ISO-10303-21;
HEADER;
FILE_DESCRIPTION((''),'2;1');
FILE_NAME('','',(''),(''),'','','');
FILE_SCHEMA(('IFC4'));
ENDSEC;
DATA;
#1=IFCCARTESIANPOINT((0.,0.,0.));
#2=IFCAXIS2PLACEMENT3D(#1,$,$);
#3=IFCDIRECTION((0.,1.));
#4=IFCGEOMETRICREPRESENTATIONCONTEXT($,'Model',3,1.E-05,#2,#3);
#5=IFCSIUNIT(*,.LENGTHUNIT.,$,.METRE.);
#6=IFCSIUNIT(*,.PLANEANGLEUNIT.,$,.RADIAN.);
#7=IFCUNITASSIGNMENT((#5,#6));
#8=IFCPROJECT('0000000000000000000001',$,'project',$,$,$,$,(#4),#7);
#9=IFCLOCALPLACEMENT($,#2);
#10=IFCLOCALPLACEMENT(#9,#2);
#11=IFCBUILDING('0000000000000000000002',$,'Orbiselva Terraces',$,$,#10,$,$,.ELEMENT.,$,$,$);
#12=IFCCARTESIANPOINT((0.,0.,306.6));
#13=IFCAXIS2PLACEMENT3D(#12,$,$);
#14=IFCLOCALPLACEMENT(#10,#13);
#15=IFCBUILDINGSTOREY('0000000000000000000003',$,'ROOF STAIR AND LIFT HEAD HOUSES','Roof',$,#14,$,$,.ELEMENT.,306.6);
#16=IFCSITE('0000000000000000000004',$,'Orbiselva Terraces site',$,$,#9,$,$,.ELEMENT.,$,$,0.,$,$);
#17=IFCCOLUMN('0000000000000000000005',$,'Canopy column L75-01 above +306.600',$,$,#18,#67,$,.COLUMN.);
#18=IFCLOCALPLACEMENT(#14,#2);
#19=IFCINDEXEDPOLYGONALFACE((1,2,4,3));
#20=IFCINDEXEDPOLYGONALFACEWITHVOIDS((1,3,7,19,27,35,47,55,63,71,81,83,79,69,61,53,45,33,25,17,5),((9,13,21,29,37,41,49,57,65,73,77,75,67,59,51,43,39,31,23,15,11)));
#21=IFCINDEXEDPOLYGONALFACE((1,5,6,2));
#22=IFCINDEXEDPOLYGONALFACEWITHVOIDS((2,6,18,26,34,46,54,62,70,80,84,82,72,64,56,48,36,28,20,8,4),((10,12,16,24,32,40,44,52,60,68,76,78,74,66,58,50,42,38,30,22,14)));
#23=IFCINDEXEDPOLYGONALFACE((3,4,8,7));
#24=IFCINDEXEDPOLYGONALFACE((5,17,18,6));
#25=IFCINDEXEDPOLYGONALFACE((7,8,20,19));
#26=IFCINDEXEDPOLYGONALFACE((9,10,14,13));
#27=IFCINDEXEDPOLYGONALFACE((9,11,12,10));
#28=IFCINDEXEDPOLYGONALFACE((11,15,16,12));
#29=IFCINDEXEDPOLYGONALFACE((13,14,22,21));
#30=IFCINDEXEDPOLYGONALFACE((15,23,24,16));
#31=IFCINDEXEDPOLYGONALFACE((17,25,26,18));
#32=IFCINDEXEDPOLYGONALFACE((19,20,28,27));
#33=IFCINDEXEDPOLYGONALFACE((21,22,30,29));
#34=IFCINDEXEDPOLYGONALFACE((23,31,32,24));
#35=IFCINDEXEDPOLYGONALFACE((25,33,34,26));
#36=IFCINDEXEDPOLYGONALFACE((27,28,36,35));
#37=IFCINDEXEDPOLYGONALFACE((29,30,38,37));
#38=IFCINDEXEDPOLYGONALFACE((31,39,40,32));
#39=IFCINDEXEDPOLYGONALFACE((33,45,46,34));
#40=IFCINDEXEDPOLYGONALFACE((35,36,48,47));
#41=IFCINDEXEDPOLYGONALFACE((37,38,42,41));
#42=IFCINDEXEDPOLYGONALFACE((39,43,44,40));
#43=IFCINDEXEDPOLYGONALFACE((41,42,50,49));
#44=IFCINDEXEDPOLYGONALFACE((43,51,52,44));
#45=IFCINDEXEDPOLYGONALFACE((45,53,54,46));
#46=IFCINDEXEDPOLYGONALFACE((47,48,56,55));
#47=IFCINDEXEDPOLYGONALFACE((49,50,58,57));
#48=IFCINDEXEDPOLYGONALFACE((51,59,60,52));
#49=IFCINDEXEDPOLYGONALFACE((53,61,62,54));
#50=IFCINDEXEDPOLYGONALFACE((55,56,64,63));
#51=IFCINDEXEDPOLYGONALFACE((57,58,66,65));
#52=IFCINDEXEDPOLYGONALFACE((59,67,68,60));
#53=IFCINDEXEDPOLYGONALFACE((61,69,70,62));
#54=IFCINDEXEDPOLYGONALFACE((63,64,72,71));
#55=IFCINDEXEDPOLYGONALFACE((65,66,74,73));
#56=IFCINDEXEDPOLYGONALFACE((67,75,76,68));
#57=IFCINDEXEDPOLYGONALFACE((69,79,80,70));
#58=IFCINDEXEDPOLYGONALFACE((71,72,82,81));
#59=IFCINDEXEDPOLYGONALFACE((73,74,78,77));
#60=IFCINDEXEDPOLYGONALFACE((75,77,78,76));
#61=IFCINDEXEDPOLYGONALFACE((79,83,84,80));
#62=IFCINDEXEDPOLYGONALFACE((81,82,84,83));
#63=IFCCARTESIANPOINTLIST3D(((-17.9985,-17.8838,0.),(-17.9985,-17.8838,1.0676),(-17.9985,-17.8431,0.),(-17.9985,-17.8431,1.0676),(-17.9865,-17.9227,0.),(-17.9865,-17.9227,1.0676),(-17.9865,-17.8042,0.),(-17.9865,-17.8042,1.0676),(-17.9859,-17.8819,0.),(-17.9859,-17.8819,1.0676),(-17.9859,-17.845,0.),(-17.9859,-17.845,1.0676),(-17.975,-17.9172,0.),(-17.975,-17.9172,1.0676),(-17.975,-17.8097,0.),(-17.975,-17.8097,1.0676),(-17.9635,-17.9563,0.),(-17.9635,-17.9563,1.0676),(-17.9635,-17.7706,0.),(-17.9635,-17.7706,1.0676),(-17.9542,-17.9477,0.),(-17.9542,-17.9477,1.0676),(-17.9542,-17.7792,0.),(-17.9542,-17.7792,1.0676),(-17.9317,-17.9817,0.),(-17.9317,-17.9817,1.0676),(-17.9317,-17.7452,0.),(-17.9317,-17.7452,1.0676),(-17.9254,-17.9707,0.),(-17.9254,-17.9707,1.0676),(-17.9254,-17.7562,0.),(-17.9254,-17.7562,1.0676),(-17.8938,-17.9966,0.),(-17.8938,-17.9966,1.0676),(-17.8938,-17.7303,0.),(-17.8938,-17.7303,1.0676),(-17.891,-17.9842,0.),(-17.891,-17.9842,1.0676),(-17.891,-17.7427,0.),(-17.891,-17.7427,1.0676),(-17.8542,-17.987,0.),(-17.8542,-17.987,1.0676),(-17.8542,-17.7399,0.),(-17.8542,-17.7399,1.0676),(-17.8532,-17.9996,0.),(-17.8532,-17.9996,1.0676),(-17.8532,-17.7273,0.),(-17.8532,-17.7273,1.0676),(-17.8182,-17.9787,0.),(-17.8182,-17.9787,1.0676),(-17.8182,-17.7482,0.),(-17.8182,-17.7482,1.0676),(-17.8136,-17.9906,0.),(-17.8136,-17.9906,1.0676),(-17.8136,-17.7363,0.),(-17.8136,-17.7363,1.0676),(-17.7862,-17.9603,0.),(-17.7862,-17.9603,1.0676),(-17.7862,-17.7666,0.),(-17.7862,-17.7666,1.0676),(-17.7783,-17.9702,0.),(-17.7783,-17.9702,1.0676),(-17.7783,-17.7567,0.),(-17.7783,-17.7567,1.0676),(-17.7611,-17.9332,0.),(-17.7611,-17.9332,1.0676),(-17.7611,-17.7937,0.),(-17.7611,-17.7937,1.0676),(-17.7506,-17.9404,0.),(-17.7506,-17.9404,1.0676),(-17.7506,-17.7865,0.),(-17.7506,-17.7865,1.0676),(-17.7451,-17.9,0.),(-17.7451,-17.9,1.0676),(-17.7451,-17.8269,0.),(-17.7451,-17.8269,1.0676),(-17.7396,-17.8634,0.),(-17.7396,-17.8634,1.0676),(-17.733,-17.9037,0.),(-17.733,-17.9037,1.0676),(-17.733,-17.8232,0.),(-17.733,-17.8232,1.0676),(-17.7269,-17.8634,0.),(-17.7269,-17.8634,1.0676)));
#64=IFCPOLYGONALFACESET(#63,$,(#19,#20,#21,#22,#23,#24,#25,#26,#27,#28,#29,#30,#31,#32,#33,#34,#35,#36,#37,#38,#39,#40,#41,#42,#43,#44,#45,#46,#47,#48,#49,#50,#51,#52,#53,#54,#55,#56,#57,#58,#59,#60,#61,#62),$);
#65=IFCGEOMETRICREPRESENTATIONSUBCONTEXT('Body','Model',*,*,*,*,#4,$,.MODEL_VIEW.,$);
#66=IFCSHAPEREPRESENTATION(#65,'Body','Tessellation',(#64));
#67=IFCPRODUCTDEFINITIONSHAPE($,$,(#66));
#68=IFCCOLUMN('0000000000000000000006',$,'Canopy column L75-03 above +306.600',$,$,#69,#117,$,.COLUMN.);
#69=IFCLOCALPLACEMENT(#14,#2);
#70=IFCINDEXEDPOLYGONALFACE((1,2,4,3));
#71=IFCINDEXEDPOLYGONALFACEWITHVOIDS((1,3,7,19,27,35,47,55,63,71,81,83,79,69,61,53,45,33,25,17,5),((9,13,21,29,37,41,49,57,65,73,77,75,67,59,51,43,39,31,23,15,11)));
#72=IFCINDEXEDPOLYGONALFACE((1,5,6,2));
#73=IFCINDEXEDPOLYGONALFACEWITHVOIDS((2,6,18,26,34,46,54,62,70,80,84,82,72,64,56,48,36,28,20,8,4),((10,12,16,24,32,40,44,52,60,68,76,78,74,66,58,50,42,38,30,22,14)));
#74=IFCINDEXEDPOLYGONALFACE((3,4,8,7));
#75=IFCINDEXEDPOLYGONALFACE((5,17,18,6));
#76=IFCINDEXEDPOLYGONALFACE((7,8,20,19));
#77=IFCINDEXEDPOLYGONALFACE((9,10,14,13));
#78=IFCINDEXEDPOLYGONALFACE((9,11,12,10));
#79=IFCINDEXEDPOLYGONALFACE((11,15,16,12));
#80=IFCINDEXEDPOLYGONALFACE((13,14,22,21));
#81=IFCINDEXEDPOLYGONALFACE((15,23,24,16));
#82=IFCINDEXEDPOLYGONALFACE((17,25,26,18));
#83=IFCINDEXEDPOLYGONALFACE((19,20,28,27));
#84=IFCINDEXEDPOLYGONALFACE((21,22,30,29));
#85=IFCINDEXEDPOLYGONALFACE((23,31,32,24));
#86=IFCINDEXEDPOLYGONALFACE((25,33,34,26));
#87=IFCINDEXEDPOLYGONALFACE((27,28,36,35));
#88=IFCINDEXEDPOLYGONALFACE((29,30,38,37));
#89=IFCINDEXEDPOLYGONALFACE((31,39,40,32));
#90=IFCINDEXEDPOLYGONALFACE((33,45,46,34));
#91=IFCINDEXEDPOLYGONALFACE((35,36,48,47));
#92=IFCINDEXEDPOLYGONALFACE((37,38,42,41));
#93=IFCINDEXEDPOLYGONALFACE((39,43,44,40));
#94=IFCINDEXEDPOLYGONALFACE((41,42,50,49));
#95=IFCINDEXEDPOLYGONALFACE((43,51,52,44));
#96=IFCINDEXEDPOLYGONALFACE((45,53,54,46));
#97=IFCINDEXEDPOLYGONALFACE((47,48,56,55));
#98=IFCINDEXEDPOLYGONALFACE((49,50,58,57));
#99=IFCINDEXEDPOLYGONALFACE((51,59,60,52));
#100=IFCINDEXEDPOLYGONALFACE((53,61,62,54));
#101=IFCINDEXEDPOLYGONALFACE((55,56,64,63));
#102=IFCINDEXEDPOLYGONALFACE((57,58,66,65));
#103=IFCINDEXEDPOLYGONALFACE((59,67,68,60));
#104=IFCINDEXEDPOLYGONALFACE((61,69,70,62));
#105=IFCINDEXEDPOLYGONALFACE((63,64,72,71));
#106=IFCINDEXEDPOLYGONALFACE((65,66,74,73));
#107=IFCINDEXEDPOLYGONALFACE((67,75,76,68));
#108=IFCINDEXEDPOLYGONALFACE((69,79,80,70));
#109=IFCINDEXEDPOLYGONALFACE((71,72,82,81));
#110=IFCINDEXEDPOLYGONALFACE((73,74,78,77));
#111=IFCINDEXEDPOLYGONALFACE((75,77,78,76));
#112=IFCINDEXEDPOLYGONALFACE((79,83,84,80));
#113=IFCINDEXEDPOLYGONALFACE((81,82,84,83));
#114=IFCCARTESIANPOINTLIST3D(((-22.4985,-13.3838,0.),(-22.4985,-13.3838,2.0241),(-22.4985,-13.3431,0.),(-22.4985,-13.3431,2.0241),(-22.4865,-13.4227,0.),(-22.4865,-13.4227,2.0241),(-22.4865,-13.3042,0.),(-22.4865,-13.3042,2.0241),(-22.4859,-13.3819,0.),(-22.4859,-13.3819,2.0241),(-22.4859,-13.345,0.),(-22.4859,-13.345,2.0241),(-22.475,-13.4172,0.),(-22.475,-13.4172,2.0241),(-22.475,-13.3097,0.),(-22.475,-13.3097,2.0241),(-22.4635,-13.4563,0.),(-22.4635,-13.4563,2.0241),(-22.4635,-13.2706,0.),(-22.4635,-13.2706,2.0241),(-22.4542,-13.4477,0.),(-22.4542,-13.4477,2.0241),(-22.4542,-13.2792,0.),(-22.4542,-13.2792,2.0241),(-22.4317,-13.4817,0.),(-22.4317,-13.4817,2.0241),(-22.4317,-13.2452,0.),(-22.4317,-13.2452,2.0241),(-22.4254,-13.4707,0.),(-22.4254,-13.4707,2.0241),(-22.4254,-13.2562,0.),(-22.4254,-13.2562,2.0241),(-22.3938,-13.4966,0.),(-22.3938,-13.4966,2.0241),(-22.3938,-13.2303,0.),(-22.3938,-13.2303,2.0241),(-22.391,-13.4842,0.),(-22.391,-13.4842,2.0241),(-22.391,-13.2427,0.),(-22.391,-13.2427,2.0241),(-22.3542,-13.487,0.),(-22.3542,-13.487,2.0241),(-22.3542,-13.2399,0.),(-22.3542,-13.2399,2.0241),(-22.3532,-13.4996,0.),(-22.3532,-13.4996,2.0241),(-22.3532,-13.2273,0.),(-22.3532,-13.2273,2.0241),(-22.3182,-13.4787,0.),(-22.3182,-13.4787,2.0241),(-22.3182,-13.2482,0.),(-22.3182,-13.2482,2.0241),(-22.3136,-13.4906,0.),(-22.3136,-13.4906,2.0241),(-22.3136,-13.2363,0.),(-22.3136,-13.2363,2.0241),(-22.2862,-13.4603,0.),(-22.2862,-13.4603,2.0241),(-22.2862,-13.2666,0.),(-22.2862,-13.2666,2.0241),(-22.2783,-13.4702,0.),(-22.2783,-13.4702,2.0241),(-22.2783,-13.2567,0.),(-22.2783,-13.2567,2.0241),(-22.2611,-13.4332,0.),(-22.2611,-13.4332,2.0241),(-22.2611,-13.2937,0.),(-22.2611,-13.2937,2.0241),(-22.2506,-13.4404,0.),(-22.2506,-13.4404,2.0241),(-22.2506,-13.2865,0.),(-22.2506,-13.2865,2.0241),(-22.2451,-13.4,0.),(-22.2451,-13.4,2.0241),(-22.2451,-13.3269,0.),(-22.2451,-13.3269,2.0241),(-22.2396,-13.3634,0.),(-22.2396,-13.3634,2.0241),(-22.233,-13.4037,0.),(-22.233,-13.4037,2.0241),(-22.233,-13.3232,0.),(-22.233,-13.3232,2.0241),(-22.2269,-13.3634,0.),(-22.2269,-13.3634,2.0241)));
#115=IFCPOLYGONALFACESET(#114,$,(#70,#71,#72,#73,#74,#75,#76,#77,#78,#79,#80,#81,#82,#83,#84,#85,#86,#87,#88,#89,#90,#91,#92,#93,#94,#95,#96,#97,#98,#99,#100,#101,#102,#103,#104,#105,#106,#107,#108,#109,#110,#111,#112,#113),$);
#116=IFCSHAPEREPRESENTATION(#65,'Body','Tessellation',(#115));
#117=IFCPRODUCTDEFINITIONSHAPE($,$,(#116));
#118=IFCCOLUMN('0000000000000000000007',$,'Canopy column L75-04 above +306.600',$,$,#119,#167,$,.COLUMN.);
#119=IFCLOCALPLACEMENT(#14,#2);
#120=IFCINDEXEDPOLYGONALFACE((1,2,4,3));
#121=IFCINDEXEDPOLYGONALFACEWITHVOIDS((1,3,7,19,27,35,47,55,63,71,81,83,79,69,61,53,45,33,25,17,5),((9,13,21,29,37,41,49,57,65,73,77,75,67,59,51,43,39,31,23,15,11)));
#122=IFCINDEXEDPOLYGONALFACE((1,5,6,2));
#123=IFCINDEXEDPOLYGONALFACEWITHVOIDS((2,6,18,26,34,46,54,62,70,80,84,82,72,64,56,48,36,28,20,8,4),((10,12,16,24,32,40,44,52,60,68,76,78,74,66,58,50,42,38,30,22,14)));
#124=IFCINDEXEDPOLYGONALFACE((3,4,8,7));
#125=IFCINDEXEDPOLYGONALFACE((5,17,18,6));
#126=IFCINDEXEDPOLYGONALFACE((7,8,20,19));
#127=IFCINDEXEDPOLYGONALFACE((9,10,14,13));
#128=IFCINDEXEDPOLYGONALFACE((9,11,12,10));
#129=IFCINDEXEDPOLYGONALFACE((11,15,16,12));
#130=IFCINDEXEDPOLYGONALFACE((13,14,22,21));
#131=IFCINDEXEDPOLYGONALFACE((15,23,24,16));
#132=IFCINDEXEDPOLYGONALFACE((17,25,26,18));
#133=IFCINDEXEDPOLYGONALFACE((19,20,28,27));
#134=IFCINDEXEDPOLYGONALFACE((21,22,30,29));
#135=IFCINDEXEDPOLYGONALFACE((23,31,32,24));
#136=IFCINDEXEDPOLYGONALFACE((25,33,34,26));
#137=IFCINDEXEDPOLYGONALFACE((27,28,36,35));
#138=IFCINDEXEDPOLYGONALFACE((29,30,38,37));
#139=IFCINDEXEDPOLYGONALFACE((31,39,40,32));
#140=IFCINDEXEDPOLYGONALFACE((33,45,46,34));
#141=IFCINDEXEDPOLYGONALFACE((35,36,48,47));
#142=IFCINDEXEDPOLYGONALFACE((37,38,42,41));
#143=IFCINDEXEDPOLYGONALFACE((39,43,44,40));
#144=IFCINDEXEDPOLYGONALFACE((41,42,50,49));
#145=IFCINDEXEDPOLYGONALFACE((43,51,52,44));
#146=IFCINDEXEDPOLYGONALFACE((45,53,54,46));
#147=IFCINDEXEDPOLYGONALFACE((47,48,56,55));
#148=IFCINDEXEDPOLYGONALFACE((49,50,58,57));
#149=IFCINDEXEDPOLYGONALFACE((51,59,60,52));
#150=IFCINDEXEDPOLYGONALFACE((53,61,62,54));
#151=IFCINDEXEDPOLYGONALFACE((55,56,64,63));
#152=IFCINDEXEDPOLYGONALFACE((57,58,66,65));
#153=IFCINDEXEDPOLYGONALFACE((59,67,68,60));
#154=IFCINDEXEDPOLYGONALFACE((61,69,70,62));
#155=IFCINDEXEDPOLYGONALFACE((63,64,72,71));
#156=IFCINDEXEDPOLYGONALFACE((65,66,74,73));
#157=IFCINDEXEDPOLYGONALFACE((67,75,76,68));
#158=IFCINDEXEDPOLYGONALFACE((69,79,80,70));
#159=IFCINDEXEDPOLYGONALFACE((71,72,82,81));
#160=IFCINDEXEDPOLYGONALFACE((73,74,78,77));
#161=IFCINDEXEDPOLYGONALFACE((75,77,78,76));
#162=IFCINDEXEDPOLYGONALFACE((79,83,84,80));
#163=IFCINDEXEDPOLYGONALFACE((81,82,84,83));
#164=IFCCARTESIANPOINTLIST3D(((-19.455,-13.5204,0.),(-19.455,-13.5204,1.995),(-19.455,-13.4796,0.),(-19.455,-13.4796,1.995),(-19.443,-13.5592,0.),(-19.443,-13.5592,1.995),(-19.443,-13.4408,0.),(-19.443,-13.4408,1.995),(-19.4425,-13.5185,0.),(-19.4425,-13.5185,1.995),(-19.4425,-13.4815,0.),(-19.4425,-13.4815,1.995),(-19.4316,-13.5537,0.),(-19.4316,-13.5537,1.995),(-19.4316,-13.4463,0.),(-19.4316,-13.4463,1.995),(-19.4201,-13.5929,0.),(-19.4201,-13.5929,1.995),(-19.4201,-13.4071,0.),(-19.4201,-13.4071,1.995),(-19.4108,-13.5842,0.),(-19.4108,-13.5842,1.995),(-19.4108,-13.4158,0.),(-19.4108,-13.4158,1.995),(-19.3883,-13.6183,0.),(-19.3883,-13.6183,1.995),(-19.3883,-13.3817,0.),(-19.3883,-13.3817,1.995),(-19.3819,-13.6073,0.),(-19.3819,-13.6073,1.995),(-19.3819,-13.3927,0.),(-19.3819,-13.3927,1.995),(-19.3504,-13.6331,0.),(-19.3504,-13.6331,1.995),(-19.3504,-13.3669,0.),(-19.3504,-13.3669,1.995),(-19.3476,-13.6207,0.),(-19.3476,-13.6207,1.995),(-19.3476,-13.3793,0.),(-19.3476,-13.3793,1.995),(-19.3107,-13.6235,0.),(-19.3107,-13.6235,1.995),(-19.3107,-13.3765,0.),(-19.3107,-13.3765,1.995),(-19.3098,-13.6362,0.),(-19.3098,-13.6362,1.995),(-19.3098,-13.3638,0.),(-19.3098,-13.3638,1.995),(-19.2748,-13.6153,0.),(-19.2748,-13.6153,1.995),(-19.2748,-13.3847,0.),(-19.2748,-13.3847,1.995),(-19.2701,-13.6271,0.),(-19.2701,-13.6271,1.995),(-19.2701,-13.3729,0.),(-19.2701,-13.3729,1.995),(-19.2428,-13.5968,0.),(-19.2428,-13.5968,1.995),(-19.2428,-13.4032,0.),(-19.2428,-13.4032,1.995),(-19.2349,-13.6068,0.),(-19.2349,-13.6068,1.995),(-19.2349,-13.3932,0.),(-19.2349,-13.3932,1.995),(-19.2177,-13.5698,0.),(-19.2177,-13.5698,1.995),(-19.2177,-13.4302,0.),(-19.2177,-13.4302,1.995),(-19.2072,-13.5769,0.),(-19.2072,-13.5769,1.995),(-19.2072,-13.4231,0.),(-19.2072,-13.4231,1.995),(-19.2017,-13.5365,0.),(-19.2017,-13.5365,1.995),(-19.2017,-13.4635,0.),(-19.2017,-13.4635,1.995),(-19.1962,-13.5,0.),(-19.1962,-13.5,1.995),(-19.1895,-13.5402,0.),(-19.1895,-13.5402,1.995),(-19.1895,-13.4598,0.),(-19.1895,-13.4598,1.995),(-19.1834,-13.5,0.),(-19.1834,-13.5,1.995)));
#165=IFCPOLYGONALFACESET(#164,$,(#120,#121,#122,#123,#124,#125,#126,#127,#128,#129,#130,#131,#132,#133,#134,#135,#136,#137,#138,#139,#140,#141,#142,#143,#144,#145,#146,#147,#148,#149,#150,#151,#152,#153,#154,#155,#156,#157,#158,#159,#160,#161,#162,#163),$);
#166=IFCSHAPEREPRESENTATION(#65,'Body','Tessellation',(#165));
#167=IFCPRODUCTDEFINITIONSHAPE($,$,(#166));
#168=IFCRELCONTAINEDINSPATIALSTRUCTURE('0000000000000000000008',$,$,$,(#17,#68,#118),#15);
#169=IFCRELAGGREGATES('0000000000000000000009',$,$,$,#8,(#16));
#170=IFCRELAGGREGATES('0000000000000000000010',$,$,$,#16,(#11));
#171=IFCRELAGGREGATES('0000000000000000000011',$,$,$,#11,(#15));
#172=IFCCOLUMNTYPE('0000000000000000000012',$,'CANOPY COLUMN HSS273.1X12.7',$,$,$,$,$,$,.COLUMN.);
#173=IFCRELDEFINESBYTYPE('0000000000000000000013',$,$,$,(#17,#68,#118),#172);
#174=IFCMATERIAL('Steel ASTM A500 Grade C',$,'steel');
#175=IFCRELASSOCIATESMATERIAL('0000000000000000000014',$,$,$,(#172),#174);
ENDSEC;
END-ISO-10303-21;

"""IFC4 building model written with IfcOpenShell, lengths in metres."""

from ifc_helpers import new_model, si_unit, direction, frame, origin, origin_2d, place, context, subcontext, project, spatial, hollow_circle, extrude, material, material_profile, profile_set, type_object, element, save


model = new_model("IFC4")

# Units and contexts
model_context = context("Model", 3, precision=1e-05, world=origin(), true_north=direction((0.0, 1.0)))
body_context = subcontext(model_context, "Body", "Model", "MODEL_VIEW")
ifc_project = project(units=[si_unit("LENGTHUNIT", "METRE"), si_unit("PLANEANGLEUNIT", "RADIAN")], contexts=[model_context])

# Site, building, storey
site_placement = place(None, origin())
site = spatial("IfcSite", under=ifc_project, at=site_placement, Name="Orbiselva Terraces site", CompositionType="ELEMENT", RefElevation=0.0)
building_placement = place(site_placement, origin())
building = spatial("IfcBuilding", under=site, at=building_placement, Name="Orbiselva Terraces", CompositionType="ELEMENT")
storey_placement = place(building_placement, frame((0.0, 0.0, 306.6)))
storey = spatial("IfcBuildingStorey", under=building, at=storey_placement, Name="ROOF STAIR AND LIFT HEAD HOUSES", Description="Roof", CompositionType="ELEMENT", Elevation=306.6)

# Columns
ifc_material = material(Name="Steel ASTM A500 Grade C", Category="steel")
ifc_material_profile_1 = material_profile(ifc_material, hollow_circle(Radius=0.1366, WallThickness=0.0127, at=origin_2d()), Name="HSS273.1X12.7")
ifc_profile_set_1 = profile_set([ifc_material_profile_1], Name="Steel ASTM A500 Grade C")
column_type = type_object("IfcColumnType", Name="CANOPY COLUMN HSS273.1X12.7", PredefinedType="COLUMN", material=ifc_profile_set_1)
column_1_placement = place(storey_placement, frame((-17.8635, -17.8635, 0.0), z_axis=(0.0, 0.0, 1.0), x_axis=(1.0, 0.0, 0.0)))
element("IfcColumn", 1, at=column_1_placement, inside=storey, type_object=column_type, Name="Canopy column L75-01 above +306.600", PredefinedType="COLUMN", context=body_context, shape_type="SweptSolid", body=[
    extrude(hollow_circle(Radius=0.1366, WallThickness=0.0127, at=origin_2d()), origin(), (0.0, 0.0, 1.0), 1.0676),
])
column_2_placement = place(storey_placement, frame((-22.3635, -13.3635, 0.0), z_axis=(0.0, 0.0, 1.0), x_axis=(1.0, 0.0, 0.0)))
element("IfcColumn", 2, at=column_2_placement, inside=storey, type_object=column_type, Name="Canopy column L75-03 above +306.600", PredefinedType="COLUMN", context=body_context, shape_type="SweptSolid", body=[
    extrude(hollow_circle(Radius=0.1366, WallThickness=0.0127, at=origin_2d()), origin(), (0.0, 0.0, 1.0), 2.0241),
])
column_3_placement = place(storey_placement, frame((-19.32, -13.5, 0.0), z_axis=(0.0, 0.0, 1.0), x_axis=(1.0, 0.0, 0.0)))
element("IfcColumn", 3, at=column_3_placement, inside=storey, type_object=column_type, Name="Canopy column L75-04 above +306.600", PredefinedType="COLUMN", context=body_context, shape_type="SweptSolid", body=[
    extrude(hollow_circle(Radius=0.1366, WallThickness=0.0127, at=origin_2d()), origin(), (0.0, 0.0, 1.0), 1.995),
])

save(model, "model.ifc")
